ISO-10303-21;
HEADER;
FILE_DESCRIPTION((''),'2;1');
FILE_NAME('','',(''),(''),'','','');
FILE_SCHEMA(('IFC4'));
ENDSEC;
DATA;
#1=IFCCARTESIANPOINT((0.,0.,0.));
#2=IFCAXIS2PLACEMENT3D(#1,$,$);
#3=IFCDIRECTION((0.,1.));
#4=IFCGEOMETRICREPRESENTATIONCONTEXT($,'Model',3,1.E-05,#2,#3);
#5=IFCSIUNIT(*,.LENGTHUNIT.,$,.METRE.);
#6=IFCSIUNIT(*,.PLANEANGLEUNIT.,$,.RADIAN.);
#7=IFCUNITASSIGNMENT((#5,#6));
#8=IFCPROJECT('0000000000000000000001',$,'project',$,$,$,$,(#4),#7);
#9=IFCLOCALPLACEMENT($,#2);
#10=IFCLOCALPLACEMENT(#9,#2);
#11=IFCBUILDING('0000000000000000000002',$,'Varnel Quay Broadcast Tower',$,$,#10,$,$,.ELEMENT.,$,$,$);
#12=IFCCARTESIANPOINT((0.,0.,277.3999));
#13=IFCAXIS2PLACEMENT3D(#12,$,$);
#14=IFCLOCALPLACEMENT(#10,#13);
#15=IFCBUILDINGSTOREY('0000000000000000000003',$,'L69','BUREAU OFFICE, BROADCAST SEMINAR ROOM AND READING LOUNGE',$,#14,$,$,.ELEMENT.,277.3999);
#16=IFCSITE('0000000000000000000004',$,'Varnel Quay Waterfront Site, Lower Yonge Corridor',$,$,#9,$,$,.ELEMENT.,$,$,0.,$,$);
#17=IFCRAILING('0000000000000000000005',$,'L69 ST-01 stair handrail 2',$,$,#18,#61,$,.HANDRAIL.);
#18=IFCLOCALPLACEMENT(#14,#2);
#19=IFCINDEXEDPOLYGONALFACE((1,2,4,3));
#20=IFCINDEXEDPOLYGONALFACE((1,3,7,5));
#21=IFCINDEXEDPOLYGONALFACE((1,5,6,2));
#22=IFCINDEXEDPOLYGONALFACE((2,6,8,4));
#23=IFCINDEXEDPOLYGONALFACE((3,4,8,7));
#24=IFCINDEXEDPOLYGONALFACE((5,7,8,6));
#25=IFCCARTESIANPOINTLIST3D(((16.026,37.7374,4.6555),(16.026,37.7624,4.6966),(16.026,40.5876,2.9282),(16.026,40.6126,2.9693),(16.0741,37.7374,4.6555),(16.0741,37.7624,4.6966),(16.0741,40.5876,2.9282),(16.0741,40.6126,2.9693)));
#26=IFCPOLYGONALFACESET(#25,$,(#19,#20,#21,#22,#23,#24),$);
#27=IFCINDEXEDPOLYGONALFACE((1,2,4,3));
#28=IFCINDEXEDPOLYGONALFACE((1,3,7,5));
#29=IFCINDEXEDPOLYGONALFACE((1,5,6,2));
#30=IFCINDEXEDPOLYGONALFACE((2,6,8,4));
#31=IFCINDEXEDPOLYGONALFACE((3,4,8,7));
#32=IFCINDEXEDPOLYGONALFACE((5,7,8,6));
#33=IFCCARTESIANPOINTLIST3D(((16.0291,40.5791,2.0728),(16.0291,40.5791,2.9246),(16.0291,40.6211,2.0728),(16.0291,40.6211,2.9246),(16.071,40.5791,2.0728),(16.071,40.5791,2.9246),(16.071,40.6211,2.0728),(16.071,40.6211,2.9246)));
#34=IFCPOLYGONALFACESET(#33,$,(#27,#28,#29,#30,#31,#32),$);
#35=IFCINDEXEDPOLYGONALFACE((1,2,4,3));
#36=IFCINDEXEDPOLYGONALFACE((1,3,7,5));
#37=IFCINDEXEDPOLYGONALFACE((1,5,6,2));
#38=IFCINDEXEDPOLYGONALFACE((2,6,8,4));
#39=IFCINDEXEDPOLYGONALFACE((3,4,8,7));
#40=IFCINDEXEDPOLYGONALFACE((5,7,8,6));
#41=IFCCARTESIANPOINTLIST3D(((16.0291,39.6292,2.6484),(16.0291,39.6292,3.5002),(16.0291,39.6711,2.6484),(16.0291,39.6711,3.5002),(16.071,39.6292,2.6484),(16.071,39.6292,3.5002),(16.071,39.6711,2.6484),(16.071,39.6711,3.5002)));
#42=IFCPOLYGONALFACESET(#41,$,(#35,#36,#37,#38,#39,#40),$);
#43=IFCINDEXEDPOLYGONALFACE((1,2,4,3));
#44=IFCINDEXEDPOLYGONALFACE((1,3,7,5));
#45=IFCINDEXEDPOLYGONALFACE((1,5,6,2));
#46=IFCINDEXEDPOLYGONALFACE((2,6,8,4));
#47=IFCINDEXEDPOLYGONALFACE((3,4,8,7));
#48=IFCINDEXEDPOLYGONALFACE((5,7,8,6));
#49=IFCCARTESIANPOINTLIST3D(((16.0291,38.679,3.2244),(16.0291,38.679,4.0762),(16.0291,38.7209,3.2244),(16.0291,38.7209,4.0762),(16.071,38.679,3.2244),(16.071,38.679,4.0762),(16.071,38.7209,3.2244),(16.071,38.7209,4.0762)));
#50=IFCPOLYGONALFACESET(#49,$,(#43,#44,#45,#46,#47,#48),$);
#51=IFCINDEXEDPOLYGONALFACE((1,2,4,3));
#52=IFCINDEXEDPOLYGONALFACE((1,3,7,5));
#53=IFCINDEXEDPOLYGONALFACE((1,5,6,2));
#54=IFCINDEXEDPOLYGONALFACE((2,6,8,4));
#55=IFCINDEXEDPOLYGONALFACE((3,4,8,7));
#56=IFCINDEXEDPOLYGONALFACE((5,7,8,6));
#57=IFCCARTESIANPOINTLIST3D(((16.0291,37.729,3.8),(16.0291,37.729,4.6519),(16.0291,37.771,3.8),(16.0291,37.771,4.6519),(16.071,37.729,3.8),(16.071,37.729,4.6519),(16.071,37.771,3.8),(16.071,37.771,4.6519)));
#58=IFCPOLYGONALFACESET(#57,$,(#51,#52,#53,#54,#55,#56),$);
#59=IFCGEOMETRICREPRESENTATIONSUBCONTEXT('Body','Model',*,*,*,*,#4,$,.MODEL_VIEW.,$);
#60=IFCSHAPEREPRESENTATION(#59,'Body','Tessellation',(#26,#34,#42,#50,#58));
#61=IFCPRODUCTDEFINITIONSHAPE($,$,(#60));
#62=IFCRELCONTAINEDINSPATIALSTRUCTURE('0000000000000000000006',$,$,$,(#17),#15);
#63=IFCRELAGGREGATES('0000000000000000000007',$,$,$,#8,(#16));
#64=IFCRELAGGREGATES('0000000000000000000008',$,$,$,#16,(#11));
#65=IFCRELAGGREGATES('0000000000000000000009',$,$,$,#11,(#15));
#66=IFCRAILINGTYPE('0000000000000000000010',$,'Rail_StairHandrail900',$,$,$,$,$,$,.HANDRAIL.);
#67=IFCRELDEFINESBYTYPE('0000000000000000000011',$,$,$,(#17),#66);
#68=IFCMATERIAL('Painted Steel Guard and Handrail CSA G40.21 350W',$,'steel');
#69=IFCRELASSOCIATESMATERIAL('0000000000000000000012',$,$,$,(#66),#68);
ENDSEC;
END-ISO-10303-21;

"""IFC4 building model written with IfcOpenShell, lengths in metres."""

from ifc_helpers import new_model, si_unit, direction, frame, origin, origin_2d, place, context, subcontext, project, spatial, rectangle, extrude, material, type_object, element, save


model = new_model("IFC4")

# Units and contexts
model_context = context("Model", 3, precision=1e-05, world=origin(), true_north=direction((0.0, 1.0)))
body_context = subcontext(model_context, "Body", "Model", "MODEL_VIEW")
ifc_project = project(units=[si_unit("LENGTHUNIT", "METRE"), si_unit("PLANEANGLEUNIT", "RADIAN")], contexts=[model_context])

# Site, building, storey
site_placement = place(None, origin())
site = spatial("IfcSite", under=ifc_project, at=site_placement, Name="Varnel Quay Waterfront Site, Lower Yonge Corridor", CompositionType="ELEMENT", RefElevation=0.0)
building_placement = place(site_placement, origin())
building = spatial("IfcBuilding", under=site, at=building_placement, Name="Varnel Quay Broadcast Tower", CompositionType="ELEMENT")
storey_placement = place(building_placement, frame((0.0, 0.0, 277.3999)))
storey = spatial("IfcBuildingStorey", under=building, at=storey_placement, Name="L69", Description="BUREAU OFFICE, BROADCAST SEMINAR ROOM AND READING LOUNGE", CompositionType="ELEMENT", Elevation=277.3999)

# Railing
ifc_material_1 = material(Name="Painted Steel Guard and Handrail CSA G40.21 350W", Category="steel")
railing_type_1 = type_object("IfcRailingType", Name="Rail_StairHandrail900", PredefinedType="HANDRAIL", material=ifc_material_1)
railing_1_placement = place(storey_placement, frame((16.05, 40.6001, 2.0728)))
element("IfcRailing", 1, at=railing_1_placement, inside=storey, type_object=railing_type_1, Name="L69 ST-01 stair handrail 2", PredefinedType="HANDRAIL", context=body_context, shape_type="SweptSolid", body=[
    extrude(rectangle(XDim=0.0481, YDim=0.0481, at=origin_2d()), frame((0.0, 0.0, 0.876), z_axis=(0.0, -0.855203, 0.518294), x_axis=(1.0, 0.0, 0.0)), (0.0, 0.0, 1.0), 3.3328),
    extrude(rectangle(XDim=0.042, YDim=0.042, at=origin_2d()), origin(), (0.0, 0.0, 1.0), 0.8518),
    extrude(rectangle(XDim=0.042, YDim=0.042, at=origin_2d()), frame((0.0, -0.95, 0.5757)), (0.0, 0.0, 1.0), 0.8518),
    extrude(rectangle(XDim=0.042, YDim=0.042, at=origin_2d()), frame((0.0, -1.9001, 1.1516)), (0.0, 0.0, 1.0), 0.8518),
    extrude(rectangle(XDim=0.042, YDim=0.042, at=origin_2d()), frame((0.0, -2.8501, 1.7273)), (0.0, 0.0, 1.0), 0.8518),
])

save(model, "model.ifc")
